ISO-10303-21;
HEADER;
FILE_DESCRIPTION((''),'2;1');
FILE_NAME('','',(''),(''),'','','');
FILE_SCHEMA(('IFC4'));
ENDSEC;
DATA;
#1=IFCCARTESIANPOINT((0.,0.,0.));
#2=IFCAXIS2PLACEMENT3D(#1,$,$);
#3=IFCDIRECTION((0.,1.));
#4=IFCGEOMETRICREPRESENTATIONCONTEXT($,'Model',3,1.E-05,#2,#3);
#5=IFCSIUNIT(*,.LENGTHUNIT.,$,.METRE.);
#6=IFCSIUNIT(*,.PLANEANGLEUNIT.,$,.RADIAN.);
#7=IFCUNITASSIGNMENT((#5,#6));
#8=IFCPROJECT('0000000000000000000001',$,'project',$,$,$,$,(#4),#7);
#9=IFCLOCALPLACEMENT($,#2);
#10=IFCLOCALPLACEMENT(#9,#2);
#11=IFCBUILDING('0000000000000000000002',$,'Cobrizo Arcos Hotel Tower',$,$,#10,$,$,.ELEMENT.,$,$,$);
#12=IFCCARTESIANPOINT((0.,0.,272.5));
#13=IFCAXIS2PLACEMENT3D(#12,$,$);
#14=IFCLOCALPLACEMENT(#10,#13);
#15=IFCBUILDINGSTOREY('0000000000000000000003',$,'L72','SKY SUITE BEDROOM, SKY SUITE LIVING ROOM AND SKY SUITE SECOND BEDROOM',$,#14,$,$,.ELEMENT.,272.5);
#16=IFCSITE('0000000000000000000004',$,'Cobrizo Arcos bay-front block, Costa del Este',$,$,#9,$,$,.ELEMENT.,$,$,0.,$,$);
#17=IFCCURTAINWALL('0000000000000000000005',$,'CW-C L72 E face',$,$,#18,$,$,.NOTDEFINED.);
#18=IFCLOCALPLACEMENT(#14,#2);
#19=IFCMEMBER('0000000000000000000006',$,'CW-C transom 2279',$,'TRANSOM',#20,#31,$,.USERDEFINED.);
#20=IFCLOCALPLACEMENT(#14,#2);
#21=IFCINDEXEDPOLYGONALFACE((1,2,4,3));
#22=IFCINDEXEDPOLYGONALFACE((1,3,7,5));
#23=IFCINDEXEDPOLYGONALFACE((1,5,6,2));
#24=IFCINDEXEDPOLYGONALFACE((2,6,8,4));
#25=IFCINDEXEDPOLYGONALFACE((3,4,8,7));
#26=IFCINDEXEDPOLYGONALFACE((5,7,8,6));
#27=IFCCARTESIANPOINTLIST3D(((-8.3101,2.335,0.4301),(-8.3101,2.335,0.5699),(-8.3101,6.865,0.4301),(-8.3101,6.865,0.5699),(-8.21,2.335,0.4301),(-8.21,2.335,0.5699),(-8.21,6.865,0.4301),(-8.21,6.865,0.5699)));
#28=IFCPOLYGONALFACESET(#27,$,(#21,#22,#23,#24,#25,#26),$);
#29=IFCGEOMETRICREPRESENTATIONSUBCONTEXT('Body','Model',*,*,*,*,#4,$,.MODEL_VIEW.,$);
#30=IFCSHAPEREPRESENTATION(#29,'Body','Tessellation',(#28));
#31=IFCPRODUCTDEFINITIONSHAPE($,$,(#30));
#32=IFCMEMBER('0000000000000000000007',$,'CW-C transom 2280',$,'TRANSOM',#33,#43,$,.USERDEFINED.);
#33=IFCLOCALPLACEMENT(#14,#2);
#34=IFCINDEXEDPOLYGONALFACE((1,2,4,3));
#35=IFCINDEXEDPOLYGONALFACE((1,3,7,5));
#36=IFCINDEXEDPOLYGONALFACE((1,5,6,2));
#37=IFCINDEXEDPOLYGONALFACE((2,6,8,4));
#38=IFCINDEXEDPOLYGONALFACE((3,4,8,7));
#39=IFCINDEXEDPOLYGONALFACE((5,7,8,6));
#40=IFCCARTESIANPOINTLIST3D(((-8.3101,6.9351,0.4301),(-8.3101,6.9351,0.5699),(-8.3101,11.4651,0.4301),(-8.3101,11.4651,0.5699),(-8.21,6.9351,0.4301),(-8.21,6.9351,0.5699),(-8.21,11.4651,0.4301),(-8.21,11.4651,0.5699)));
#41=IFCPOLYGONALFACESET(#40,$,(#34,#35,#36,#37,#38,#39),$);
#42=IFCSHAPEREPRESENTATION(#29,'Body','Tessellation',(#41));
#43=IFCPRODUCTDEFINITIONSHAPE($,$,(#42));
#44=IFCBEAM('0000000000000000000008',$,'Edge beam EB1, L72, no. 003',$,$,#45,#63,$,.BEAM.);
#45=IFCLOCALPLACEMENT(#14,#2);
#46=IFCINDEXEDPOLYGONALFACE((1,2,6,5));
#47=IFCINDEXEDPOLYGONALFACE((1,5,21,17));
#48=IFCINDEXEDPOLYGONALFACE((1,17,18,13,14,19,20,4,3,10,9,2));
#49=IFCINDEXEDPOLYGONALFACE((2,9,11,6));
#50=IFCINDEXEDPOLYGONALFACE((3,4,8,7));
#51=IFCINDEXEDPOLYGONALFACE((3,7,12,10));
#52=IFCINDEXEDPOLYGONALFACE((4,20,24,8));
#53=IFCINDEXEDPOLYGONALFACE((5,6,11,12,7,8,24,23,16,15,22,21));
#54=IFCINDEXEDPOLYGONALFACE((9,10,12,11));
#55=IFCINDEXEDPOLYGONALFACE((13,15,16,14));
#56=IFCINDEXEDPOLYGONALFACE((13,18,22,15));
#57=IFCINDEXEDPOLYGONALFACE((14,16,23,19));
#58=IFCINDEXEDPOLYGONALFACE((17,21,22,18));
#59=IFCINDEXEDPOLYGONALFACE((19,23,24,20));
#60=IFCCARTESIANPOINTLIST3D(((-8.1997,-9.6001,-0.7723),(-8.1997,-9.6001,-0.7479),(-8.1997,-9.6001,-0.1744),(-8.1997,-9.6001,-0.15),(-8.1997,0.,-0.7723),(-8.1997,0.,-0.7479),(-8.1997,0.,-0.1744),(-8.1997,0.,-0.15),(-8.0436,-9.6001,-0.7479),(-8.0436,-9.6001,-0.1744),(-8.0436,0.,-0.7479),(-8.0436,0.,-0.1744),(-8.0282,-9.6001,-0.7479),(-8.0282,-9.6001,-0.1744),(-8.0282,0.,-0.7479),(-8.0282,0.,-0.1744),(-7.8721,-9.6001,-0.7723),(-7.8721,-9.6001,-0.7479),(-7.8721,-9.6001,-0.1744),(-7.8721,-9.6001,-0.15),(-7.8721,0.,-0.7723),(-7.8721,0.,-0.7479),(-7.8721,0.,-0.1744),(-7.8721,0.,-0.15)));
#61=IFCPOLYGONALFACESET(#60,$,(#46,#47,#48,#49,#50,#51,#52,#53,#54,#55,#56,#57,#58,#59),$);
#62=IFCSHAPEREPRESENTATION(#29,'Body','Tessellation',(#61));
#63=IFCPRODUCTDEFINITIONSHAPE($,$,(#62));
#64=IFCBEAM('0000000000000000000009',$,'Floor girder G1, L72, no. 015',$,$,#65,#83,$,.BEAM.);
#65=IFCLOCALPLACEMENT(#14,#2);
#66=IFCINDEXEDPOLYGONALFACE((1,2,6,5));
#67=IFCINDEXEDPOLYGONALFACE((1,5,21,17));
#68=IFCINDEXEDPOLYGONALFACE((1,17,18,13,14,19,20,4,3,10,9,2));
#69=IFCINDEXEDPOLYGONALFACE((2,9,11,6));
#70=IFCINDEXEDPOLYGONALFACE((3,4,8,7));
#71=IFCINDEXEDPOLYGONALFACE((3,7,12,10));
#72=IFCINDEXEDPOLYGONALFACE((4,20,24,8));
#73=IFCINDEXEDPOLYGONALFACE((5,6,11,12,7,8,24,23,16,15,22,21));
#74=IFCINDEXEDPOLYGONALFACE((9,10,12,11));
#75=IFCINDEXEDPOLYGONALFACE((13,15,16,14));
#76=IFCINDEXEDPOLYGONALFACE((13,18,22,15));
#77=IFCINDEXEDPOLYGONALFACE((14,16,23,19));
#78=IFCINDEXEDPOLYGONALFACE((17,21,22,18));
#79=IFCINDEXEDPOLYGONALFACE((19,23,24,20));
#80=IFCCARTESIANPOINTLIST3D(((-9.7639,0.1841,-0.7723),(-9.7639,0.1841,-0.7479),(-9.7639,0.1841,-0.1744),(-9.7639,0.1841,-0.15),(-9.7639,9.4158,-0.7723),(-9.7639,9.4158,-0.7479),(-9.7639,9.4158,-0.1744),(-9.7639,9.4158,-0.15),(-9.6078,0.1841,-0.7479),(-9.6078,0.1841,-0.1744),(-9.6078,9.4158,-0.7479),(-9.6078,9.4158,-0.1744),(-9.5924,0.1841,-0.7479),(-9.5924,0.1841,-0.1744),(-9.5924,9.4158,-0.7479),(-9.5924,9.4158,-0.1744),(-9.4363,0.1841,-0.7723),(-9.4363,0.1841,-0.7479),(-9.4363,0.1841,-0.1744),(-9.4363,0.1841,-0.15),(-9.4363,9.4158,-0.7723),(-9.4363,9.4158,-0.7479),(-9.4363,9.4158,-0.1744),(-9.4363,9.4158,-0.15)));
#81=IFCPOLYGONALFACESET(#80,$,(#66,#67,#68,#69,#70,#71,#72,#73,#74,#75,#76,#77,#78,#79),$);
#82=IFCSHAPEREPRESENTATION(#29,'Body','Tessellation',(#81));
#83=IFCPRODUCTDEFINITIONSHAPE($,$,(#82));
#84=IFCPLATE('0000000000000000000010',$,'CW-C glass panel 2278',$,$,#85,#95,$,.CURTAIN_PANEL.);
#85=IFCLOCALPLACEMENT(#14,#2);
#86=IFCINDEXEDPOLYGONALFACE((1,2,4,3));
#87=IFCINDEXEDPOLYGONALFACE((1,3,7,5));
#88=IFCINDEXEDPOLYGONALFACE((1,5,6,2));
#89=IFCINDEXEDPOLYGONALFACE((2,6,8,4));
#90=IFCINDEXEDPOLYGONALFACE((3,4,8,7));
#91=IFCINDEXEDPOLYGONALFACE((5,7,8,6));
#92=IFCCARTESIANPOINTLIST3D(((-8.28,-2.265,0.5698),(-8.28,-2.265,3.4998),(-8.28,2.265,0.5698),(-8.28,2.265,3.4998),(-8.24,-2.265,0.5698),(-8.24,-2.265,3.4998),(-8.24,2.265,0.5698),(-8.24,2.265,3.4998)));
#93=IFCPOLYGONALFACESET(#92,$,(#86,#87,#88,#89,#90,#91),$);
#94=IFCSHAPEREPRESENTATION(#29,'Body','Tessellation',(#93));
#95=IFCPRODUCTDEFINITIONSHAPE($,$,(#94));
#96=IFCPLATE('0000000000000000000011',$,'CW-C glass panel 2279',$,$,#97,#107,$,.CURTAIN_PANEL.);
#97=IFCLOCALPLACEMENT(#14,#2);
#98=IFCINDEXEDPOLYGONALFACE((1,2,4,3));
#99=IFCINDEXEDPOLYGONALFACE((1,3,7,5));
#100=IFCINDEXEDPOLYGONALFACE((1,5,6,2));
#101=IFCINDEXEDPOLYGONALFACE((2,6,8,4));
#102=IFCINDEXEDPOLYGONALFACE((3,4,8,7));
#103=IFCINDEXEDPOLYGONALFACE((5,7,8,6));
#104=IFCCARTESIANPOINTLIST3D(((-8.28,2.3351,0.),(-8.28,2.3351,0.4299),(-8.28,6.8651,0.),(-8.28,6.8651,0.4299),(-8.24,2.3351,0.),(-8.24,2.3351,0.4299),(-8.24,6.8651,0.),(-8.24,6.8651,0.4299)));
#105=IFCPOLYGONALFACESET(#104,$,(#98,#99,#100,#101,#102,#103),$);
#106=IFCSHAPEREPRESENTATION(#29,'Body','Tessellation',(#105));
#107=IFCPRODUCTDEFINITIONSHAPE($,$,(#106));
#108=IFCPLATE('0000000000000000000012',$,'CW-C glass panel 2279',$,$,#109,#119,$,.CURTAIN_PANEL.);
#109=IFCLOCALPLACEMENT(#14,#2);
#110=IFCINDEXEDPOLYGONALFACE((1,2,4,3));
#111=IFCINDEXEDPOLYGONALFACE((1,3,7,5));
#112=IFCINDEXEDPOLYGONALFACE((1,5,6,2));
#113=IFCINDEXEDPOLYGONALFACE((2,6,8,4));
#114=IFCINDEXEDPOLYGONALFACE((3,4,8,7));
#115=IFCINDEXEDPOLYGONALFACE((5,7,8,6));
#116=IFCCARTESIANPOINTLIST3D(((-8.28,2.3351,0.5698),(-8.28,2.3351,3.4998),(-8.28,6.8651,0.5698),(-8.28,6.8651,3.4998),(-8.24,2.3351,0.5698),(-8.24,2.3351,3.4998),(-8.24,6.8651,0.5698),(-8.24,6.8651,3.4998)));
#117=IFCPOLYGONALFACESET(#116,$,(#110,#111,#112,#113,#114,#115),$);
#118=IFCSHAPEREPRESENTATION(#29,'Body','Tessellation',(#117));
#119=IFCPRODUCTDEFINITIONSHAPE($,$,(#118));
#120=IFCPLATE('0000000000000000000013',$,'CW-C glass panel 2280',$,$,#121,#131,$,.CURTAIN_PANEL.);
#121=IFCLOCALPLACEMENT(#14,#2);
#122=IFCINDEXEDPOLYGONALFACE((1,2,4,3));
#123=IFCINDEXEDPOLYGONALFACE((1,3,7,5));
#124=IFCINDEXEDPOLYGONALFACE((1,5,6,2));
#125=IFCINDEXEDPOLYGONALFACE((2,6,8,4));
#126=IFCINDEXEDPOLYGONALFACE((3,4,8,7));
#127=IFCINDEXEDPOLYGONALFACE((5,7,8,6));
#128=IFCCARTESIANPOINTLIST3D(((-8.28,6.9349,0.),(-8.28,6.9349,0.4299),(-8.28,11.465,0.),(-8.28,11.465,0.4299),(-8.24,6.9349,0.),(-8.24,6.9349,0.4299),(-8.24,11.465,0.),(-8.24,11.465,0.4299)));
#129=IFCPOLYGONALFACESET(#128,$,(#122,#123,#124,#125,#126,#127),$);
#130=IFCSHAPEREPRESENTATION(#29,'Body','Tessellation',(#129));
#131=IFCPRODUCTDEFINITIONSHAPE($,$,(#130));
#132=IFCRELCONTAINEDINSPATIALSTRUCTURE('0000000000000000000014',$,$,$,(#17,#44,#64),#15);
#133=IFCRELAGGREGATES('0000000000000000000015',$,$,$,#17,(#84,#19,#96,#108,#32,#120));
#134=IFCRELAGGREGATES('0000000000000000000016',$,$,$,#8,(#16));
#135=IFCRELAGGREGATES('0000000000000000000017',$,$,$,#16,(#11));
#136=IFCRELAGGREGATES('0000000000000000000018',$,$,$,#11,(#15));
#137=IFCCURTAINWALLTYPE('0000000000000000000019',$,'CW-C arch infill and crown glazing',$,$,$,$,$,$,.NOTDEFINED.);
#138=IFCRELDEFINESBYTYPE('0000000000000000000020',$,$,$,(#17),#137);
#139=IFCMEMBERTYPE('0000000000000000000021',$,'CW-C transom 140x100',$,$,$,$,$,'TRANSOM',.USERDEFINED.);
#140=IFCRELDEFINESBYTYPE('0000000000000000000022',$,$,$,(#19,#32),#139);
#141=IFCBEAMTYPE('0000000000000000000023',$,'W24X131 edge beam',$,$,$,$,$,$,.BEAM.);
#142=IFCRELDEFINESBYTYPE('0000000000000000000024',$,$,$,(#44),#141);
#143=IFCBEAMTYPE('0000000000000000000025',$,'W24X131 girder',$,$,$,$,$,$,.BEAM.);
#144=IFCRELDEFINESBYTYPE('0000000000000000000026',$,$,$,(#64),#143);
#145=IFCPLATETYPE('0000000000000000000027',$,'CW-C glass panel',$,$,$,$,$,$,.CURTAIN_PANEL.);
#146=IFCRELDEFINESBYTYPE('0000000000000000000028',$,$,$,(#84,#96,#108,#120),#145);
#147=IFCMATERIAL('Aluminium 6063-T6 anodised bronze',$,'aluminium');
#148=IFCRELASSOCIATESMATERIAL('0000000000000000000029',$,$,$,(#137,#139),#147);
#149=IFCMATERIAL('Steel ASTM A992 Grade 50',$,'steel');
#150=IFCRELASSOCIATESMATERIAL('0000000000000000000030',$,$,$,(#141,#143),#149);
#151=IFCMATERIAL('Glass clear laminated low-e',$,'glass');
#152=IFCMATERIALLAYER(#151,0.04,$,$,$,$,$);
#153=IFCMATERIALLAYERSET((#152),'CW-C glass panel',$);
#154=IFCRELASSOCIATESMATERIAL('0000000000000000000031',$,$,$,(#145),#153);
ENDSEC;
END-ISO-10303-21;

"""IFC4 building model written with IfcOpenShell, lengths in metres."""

from ifc_helpers import new_model, si_unit, direction, frame, origin, origin_2d, place, context, subcontext, project, spatial, rectangle, i_section, extrude, material, layer, layer_set, material_profile, profile_set, type_object, element, aggregate, save


model = new_model("IFC4")

# Units and contexts
model_context = context("Model", 3, precision=1e-05, world=origin(), true_north=direction((0.0, 1.0)))
body_context = subcontext(model_context, "Body", "Model", "MODEL_VIEW")
ifc_project = project(units=[si_unit("LENGTHUNIT", "METRE"), si_unit("PLANEANGLEUNIT", "RADIAN")], contexts=[model_context])

# Site, building, storey
site_placement = place(None, origin())
site = spatial("IfcSite", under=ifc_project, at=site_placement, Name="Cobrizo Arcos bay-front block, Costa del Este", CompositionType="ELEMENT", RefElevation=0.0)
building_placement = place(site_placement, origin())
building = spatial("IfcBuilding", under=site, at=building_placement, Name="Cobrizo Arcos Hotel Tower", CompositionType="ELEMENT")
storey_placement = place(building_placement, frame((0.0, 0.0, 272.5)))
storey = spatial("IfcBuildingStorey", under=building, at=storey_placement, Name="L72", Description="SKY SUITE BEDROOM, SKY SUITE LIVING ROOM AND SKY SUITE SECOND BEDROOM", CompositionType="ELEMENT", Elevation=272.5)

# Curtain wall, members
ifc_material_1 = material(Name="Aluminium 6063-T6 anodised bronze", Category="aluminium")
curtain_wall_type = type_object("IfcCurtainWallType", Name="CW-C arch infill and crown glazing", PredefinedType="NOTDEFINED", material=ifc_material_1)
curtain_wall_placement = place(storey_placement, origin())
curtain_wall = element("IfcCurtainWall", 1, at=curtain_wall_placement, inside=storey, type_object=curtain_wall_type, Name="CW-C L72 E face", PredefinedType="NOTDEFINED")
ifc_material_profile_1 = material_profile(ifc_material_1, rectangle(XDim=0.1001, YDim=0.1399, at=origin_2d()), Name="CW-C transom 140x100")
ifc_profile_set_1 = profile_set([ifc_material_profile_1], Name="Aluminium 6063-T6 anodised bronze")
member_type_1 = type_object("IfcMemberType", Name="CW-C transom 140x100", ElementType="TRANSOM", PredefinedType="USERDEFINED", material=ifc_profile_set_1)
member_1_placement = place(storey_placement, frame((-8.26, 2.335, 0.5), z_axis=(0.0, 1.0, 0.0), x_axis=(-1.0, 0.0, 0.0)))
member_1 = element("IfcMember", 2, at=member_1_placement, type_object=member_type_1, Name="CW-C transom 2279", ObjectType="TRANSOM", PredefinedType="USERDEFINED", context=body_context, shape_type="SweptSolid", body=[
    extrude(rectangle(XDim=0.1001, YDim=0.1399, at=origin_2d()), origin(), (0.0, 0.0, 1.0), 4.53),
])
member_2_placement = place(storey_placement, frame((-8.26, 6.9351, 0.5), z_axis=(0.0, 1.0, 0.0), x_axis=(-1.0, 0.0, 0.0)))
member_2 = element("IfcMember", 3, at=member_2_placement, type_object=member_type_1, Name="CW-C transom 2280", ObjectType="TRANSOM", PredefinedType="USERDEFINED", context=body_context, shape_type="SweptSolid", body=[
    extrude(rectangle(XDim=0.1001, YDim=0.1399, at=origin_2d()), origin(), (0.0, 0.0, 1.0), 4.53),
])

# Beams
ifc_material_2 = material(Name="Steel ASTM A992 Grade 50", Category="steel")
ifc_material_profile_2 = material_profile(ifc_material_2, i_section(OverallWidth=0.3276, OverallDepth=0.6223, WebThickness=0.0154, FlangeThickness=0.0244, at=origin_2d()), Name="W24X131")
ifc_profile_set_2 = profile_set([ifc_material_profile_2], Name="Steel ASTM A992 Grade 50")
beam_type_1 = type_object("IfcBeamType", Name="W24X131 edge beam", PredefinedType="BEAM", material=ifc_profile_set_2)
beam_1_placement = place(storey_placement, frame((-8.0359, 0.0, -0.4612), z_axis=(0.0, -1.0, 0.0), x_axis=(1.0, 0.0, 0.0)))
element("IfcBeam", 4, at=beam_1_placement, inside=storey, type_object=beam_type_1, Name="Edge beam EB1, L72, no. 003", PredefinedType="BEAM", context=body_context, shape_type="SweptSolid", body=[
    extrude(i_section(OverallWidth=0.3276, OverallDepth=0.6223, WebThickness=0.0154, FlangeThickness=0.0244, at=origin_2d()), origin(), (0.0, 0.0, 1.0), 9.6001),
])
ifc_material_profile_3 = material_profile(ifc_material_2, i_section(OverallWidth=0.3276, OverallDepth=0.6223, WebThickness=0.0154, FlangeThickness=0.0244, at=origin_2d()), Name="W24X131")
ifc_profile_set_3 = profile_set([ifc_material_profile_3], Name="Steel ASTM A992 Grade 50")
beam_type_2 = type_object("IfcBeamType", Name="W24X131 girder", PredefinedType="BEAM", material=ifc_profile_set_3)
beam_2_placement = place(storey_placement, frame((-9.6001, 0.1841, -0.4612), z_axis=(0.0, 1.0, 0.0), x_axis=(-1.0, 0.0, 0.0)))
element("IfcBeam", 5, at=beam_2_placement, inside=storey, type_object=beam_type_2, Name="Floor girder G1, L72, no. 015", PredefinedType="BEAM", context=body_context, shape_type="SweptSolid", body=[
    extrude(i_section(OverallWidth=0.3276, OverallDepth=0.6223, WebThickness=0.0154, FlangeThickness=0.0244, at=origin_2d()), origin(), (0.0, 0.0, 1.0), 9.2317),
])

# Plates
ifc_material_3 = material(Name="Glass clear laminated low-e", Category="glass")
ifc_layer_1 = layer(ifc_material_3, 0.04)
ifc_layer_set_1 = layer_set([ifc_layer_1], Name="CW-C glass panel")
plate_type = type_object("IfcPlateType", Name="CW-C glass panel", PredefinedType="CURTAIN_PANEL", material=ifc_layer_set_1)
plate_1_placement = place(storey_placement, frame((-8.26, 0.0, 0.5698), z_axis=(0.0, 0.0, 1.0), x_axis=(0.0, 1.0, 0.0)))
plate_1 = element("IfcPlate", 6, at=plate_1_placement, type_object=plate_type, Name="CW-C glass panel 2278", PredefinedType="CURTAIN_PANEL", context=body_context, shape_type="SweptSolid", body=[
    extrude(rectangle(XDim=4.53, YDim=0.04, at=origin_2d()), origin(), (0.0, 0.0, 1.0), 2.9299),
])
plate_2_placement = place(storey_placement, frame((-8.26, 4.6001, 0.0), z_axis=(0.0, 0.0, 1.0), x_axis=(0.0, 1.0, 0.0)))
plate_2 = element("IfcPlate", 7, at=plate_2_placement, type_object=plate_type, Name="CW-C glass panel 2279", PredefinedType="CURTAIN_PANEL", context=body_context, shape_type="SweptSolid", body=[
    extrude(rectangle(XDim=4.53, YDim=0.04, at=origin_2d()), origin(), (0.0, 0.0, 1.0), 0.4299),
])
plate_3_placement = place(storey_placement, frame((-8.26, 4.6001, 0.5698), z_axis=(0.0, 0.0, 1.0), x_axis=(0.0, 1.0, 0.0)))
plate_3 = element("IfcPlate", 8, at=plate_3_placement, type_object=plate_type, Name="CW-C glass panel 2279", PredefinedType="CURTAIN_PANEL", context=body_context, shape_type="SweptSolid", body=[
    extrude(rectangle(XDim=4.53, YDim=0.04, at=origin_2d()), origin(), (0.0, 0.0, 1.0), 2.9299),
])
plate_4_placement = place(storey_placement, frame((-8.26, 9.2, 0.0), z_axis=(0.0, 0.0, 1.0), x_axis=(0.0, 1.0, 0.0)))
plate_4 = element("IfcPlate", 9, at=plate_4_placement, type_object=plate_type, Name="CW-C glass panel 2280", PredefinedType="CURTAIN_PANEL", context=body_context, shape_type="SweptSolid", body=[
    extrude(rectangle(XDim=4.53, YDim=0.04, at=origin_2d()), origin(), (0.0, 0.0, 1.0), 0.4299),
])
aggregate(curtain_wall, [plate_1, member_1, plate_2, plate_3, member_2, plate_4])

save(model, "model.ifc")
